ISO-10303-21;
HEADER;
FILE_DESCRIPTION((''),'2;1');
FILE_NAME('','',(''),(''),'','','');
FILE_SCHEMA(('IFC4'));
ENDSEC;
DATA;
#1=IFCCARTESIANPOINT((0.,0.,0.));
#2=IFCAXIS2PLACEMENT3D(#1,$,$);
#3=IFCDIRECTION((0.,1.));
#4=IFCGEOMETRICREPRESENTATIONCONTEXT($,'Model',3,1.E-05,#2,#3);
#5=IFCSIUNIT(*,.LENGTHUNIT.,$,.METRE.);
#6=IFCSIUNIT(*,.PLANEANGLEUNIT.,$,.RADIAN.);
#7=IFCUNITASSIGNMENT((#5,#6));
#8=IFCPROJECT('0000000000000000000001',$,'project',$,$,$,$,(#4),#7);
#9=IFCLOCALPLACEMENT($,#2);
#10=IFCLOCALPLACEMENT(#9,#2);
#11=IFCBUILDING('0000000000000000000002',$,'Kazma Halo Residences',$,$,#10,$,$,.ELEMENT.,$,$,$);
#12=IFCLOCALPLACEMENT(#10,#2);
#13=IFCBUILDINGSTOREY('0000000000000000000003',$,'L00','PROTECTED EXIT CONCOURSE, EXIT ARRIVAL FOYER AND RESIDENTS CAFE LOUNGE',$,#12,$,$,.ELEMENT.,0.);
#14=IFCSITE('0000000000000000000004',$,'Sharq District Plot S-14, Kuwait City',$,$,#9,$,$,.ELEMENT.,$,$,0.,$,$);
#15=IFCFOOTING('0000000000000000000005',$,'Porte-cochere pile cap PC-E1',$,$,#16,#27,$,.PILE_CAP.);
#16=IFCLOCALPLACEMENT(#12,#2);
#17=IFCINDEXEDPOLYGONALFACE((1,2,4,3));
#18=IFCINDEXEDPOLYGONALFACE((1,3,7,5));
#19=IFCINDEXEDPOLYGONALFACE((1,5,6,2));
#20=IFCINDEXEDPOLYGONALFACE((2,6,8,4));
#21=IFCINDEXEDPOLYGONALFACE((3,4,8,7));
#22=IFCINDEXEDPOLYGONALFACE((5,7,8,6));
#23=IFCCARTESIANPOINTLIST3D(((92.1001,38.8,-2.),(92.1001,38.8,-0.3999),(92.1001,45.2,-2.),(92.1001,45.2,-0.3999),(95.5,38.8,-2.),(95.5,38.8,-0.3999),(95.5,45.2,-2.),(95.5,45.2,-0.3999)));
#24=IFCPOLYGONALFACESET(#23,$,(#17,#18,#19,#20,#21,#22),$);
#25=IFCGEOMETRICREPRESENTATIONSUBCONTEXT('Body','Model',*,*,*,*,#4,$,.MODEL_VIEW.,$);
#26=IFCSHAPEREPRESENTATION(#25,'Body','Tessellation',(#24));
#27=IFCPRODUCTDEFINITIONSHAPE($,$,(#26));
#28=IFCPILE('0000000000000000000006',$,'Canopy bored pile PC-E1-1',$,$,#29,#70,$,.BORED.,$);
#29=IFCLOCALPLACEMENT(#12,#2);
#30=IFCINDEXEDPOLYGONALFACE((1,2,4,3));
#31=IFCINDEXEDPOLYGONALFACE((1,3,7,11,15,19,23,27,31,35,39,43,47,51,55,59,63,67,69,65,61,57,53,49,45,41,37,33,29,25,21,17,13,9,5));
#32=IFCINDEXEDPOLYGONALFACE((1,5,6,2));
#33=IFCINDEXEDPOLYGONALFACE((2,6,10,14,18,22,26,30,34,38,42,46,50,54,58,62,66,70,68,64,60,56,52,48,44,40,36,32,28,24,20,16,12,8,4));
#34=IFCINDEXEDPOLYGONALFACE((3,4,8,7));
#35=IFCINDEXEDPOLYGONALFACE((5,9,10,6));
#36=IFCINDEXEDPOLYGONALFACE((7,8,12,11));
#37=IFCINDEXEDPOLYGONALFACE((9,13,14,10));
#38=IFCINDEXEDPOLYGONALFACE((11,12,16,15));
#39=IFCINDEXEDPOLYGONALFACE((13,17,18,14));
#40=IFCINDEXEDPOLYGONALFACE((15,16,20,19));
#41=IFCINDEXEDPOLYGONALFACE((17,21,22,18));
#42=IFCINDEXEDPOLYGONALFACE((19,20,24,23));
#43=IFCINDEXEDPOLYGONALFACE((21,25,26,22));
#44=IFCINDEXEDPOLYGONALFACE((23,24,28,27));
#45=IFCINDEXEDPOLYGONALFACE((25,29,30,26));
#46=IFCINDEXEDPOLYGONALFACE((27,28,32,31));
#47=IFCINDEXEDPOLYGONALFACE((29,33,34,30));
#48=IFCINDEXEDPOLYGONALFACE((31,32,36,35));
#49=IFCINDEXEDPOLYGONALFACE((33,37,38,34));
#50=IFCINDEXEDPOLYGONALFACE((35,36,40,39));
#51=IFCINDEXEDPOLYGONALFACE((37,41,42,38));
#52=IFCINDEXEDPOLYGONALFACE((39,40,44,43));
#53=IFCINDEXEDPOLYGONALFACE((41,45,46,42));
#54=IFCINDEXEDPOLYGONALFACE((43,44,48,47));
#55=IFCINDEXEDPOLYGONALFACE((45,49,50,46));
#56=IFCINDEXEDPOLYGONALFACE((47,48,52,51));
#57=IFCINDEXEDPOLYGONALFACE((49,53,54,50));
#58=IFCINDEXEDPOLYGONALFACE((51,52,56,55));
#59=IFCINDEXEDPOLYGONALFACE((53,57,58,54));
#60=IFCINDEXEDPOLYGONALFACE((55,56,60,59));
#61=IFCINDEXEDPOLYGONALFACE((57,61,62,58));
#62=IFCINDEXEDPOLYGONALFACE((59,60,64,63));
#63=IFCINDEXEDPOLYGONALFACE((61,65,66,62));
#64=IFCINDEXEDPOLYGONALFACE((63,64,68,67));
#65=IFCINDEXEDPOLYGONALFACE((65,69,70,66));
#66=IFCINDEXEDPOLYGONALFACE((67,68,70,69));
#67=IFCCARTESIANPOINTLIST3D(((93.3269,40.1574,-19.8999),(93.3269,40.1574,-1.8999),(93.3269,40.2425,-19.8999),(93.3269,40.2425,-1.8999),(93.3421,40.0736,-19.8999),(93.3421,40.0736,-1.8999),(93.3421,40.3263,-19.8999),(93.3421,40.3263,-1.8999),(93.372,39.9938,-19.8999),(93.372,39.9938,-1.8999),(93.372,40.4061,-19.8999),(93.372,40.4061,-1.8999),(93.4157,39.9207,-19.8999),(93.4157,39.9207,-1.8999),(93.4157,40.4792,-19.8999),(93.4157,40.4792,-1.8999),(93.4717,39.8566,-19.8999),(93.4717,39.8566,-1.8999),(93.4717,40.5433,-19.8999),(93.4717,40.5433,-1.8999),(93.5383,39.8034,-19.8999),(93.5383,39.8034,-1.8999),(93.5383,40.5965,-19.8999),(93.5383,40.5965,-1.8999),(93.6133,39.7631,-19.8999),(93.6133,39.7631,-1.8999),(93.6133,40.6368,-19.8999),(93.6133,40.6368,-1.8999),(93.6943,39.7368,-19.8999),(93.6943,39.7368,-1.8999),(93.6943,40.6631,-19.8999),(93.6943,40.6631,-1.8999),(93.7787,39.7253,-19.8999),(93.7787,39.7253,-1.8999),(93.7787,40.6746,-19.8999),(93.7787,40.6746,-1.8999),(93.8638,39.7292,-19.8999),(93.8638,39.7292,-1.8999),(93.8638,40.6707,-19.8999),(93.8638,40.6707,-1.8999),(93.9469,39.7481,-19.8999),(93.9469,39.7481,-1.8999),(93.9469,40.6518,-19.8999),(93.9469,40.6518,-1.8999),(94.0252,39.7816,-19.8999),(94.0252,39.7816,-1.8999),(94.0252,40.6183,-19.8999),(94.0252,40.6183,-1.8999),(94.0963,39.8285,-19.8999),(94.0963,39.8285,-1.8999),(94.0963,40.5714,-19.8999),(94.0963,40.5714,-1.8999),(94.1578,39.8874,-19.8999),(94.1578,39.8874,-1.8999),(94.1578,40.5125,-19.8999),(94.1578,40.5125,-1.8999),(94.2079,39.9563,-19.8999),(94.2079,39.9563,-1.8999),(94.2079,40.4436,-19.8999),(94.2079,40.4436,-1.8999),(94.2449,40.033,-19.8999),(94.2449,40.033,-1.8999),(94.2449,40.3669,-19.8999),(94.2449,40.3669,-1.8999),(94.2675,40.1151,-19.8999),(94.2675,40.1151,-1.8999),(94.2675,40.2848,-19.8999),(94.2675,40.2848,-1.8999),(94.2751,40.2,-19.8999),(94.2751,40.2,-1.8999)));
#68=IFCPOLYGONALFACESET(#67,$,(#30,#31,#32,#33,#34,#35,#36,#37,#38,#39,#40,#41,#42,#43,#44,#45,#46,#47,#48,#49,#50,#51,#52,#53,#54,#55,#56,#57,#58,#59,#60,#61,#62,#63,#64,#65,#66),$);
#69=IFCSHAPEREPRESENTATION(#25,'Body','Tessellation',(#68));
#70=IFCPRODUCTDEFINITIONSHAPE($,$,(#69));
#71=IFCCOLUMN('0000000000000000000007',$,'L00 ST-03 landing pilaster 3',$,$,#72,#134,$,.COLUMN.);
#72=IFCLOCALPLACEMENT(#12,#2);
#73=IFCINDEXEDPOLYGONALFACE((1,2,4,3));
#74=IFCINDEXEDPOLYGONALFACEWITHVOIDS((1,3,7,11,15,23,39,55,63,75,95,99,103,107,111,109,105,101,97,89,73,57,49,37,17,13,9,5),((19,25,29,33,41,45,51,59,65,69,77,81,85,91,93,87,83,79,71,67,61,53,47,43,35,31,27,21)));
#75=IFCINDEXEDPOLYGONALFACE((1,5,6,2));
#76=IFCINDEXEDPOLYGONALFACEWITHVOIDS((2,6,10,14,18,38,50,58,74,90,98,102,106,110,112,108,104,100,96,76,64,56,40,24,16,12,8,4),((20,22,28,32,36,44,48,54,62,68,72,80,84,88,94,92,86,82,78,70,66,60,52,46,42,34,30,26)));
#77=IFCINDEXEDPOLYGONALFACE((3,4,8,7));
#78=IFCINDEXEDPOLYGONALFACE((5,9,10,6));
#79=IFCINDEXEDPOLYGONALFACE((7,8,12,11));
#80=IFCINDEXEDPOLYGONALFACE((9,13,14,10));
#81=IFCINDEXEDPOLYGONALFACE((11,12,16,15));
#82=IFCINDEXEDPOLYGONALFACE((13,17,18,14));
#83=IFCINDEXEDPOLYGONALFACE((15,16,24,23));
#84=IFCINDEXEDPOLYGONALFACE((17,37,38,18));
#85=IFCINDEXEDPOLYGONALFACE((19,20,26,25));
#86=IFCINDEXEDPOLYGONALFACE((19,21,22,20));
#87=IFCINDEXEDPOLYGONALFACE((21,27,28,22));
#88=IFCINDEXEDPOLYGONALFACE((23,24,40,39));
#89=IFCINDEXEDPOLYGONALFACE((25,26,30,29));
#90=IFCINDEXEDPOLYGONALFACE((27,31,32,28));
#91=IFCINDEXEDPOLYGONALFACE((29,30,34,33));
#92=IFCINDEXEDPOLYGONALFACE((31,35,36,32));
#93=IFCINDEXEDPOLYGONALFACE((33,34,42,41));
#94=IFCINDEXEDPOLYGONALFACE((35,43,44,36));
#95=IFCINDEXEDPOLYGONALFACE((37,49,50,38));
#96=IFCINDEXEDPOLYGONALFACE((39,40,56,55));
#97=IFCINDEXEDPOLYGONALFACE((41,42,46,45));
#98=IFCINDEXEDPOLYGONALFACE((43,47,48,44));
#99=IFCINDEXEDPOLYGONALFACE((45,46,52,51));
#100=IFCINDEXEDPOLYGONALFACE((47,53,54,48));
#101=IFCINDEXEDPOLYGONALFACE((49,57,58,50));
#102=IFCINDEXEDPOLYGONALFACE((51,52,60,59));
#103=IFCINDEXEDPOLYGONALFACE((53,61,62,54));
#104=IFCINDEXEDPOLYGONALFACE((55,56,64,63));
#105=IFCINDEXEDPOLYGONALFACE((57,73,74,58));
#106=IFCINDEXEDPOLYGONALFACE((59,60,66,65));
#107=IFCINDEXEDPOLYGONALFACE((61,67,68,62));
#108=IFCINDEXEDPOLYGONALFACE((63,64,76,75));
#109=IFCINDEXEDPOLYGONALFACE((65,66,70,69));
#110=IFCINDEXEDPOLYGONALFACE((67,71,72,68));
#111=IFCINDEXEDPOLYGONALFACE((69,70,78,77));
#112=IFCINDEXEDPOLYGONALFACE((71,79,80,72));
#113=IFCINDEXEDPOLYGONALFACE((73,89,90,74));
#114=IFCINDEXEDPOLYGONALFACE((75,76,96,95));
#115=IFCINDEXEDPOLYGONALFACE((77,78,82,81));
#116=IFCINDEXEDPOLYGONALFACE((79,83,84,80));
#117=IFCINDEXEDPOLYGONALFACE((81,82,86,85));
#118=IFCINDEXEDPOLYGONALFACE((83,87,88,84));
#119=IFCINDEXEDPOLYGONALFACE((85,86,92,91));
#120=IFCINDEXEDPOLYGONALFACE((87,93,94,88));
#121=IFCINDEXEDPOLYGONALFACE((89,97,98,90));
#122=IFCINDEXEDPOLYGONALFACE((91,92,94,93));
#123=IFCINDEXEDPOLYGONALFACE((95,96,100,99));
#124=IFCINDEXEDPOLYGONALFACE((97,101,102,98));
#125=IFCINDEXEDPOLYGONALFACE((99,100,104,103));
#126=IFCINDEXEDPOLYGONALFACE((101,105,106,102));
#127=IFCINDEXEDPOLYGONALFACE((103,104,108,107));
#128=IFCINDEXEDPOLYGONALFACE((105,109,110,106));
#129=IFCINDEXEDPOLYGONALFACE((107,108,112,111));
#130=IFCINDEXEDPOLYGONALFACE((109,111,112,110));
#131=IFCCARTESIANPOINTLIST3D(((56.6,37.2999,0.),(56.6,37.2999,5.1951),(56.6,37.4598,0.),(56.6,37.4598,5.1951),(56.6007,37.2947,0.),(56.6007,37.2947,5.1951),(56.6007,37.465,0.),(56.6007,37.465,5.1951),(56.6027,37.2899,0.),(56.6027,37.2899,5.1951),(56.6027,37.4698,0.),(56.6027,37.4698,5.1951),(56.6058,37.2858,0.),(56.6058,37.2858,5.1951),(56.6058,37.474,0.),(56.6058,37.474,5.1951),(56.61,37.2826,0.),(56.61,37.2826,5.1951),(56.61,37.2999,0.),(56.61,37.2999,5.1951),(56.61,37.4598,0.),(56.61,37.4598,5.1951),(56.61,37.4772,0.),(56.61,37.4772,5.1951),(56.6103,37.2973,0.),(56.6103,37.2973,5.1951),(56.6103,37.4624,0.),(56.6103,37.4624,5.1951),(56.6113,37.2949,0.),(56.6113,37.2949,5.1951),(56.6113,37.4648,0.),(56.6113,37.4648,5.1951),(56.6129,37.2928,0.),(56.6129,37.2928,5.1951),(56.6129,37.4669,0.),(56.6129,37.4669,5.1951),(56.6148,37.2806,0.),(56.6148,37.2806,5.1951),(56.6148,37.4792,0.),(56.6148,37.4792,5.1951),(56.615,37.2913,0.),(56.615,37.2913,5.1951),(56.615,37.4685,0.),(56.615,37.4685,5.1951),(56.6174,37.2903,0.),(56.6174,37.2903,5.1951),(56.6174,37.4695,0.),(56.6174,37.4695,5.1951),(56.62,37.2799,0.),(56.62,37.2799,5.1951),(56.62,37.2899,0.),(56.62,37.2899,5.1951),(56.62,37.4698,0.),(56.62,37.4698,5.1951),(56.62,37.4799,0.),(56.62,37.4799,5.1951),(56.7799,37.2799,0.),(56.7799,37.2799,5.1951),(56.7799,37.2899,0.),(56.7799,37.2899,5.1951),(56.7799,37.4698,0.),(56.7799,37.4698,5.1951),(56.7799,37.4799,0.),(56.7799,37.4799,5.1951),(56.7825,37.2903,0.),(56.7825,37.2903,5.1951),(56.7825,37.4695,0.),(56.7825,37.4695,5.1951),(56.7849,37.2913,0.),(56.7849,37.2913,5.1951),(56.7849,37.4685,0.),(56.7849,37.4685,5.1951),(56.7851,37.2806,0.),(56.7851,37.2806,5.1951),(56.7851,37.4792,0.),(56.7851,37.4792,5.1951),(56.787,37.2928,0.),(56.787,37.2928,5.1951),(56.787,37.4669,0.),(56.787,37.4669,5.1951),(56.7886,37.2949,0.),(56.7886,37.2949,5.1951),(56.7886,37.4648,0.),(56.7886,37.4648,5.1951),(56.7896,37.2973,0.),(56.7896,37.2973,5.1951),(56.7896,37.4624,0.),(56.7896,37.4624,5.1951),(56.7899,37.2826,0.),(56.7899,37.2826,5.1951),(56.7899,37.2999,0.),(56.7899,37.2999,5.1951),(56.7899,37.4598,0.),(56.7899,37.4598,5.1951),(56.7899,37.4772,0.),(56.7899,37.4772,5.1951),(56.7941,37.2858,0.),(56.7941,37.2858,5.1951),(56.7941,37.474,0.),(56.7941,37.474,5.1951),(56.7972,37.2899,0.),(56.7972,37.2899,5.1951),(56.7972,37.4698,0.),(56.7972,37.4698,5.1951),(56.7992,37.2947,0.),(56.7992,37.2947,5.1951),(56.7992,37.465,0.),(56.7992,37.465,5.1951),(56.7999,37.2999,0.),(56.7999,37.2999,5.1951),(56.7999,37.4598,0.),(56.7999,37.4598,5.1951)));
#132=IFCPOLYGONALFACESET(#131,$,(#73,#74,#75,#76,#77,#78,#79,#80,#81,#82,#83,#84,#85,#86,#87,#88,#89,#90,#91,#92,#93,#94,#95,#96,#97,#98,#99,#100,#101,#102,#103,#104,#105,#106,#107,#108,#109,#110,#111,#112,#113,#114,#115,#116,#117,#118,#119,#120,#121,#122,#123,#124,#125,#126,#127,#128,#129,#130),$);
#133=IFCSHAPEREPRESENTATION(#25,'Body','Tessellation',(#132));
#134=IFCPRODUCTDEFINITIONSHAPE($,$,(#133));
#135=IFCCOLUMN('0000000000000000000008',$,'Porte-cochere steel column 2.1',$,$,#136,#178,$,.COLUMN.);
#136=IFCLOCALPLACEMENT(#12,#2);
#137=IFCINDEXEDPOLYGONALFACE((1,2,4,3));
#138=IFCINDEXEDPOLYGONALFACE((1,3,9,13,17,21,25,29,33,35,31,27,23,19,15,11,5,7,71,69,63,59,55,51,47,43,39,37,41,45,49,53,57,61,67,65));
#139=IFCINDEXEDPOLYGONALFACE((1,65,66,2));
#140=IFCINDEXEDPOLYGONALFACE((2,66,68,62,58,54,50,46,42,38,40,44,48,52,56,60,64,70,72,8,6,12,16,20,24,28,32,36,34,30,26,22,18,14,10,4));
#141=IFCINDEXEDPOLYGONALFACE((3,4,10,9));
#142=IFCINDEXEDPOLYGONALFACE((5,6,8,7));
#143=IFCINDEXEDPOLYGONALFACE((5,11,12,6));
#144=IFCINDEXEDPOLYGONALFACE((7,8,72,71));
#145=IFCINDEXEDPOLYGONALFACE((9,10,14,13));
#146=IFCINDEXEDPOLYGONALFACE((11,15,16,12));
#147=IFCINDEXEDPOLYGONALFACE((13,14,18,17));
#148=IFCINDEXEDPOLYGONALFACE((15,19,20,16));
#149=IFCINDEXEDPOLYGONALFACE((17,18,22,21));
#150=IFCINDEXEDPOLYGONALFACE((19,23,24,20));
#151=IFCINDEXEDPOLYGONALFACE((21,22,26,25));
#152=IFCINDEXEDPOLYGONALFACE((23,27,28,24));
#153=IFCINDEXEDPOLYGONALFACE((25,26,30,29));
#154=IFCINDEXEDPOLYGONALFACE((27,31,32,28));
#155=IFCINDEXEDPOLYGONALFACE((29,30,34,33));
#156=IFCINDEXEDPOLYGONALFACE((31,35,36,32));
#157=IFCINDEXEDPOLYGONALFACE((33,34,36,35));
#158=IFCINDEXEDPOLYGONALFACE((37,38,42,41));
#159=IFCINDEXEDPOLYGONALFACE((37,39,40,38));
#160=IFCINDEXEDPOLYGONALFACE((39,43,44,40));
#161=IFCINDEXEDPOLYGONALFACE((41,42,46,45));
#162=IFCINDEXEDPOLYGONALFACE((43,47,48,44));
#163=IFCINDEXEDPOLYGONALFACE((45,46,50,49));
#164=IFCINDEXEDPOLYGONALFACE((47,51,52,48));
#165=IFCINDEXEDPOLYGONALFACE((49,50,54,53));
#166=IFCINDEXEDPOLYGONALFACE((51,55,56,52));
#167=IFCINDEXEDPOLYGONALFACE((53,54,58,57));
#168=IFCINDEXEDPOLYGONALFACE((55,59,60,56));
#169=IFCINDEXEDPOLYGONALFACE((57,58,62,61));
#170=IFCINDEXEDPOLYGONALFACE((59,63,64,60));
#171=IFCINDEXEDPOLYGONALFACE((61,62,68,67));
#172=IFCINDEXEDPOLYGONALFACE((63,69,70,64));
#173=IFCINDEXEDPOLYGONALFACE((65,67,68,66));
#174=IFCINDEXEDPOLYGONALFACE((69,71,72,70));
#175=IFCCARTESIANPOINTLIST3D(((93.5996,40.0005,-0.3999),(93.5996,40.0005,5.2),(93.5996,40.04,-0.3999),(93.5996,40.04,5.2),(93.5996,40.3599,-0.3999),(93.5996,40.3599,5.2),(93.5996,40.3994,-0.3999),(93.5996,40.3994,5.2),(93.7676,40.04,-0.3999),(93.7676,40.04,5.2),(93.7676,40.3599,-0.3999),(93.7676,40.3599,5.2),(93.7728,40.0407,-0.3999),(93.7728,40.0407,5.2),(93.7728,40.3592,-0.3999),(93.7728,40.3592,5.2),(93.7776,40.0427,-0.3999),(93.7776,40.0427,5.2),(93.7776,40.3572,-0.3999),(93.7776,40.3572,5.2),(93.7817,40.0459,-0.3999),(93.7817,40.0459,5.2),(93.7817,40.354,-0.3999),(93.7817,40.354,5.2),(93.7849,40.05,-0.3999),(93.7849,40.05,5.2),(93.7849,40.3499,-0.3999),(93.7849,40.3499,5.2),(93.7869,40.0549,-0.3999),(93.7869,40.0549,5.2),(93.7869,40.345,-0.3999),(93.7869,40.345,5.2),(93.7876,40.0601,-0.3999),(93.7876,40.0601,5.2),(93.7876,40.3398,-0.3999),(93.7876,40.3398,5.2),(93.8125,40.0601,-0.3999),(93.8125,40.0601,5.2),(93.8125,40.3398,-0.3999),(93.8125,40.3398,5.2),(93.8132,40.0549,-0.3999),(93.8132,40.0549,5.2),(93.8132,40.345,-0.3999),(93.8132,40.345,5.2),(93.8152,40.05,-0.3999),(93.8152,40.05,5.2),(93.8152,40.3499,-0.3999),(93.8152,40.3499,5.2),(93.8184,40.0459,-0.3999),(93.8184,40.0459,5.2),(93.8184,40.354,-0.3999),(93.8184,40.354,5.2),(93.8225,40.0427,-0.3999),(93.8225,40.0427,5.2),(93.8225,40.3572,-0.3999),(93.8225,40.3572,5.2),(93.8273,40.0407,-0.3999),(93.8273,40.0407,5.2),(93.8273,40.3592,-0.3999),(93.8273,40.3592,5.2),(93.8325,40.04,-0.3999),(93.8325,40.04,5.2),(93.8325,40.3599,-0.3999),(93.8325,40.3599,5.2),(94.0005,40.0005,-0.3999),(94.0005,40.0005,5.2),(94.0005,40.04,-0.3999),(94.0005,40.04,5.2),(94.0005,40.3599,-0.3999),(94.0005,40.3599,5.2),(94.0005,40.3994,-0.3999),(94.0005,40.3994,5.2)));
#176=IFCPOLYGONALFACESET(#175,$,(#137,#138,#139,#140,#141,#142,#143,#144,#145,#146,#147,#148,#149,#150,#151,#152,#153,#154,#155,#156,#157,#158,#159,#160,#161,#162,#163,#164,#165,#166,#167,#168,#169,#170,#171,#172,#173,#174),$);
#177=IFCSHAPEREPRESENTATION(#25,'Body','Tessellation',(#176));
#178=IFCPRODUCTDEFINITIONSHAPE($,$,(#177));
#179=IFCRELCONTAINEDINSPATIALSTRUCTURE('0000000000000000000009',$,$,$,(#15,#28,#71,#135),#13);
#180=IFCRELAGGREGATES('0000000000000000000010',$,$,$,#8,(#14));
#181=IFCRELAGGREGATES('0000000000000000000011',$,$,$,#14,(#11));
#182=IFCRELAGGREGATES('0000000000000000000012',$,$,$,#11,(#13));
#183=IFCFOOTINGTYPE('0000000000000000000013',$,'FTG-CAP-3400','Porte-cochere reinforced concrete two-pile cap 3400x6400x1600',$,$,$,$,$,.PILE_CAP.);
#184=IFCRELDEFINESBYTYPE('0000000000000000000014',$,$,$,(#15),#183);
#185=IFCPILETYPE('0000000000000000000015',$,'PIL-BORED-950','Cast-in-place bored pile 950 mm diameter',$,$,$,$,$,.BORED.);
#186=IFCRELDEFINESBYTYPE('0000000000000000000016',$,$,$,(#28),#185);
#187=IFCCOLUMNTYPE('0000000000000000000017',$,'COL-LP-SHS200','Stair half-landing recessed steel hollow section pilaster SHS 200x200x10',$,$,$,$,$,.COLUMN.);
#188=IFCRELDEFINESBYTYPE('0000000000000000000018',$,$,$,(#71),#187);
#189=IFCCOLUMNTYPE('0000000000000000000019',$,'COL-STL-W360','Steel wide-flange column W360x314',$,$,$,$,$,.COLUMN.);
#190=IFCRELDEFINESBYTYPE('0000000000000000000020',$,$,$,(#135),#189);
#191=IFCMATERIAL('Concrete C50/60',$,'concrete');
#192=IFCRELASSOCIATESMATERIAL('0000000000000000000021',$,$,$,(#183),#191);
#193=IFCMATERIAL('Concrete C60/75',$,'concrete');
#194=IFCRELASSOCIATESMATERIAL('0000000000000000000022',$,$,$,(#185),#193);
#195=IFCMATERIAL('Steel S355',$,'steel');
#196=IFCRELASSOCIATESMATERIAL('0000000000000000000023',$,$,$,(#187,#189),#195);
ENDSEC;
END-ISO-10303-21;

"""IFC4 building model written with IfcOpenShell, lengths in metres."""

from ifc_helpers import new_model, si_unit, direction, frame, origin, origin_2d, place, context, subcontext, project, spatial, rectangle, hollow_rectangle, circle, i_section, extrude, material, material_profile, profile_set, type_object, element, save


model = new_model("IFC4")

# Units and contexts
model_context = context("Model", 3, precision=1e-05, world=origin(), true_north=direction((0.0, 1.0)))
body_context = subcontext(model_context, "Body", "Model", "MODEL_VIEW")
ifc_project = project(units=[si_unit("LENGTHUNIT", "METRE"), si_unit("PLANEANGLEUNIT", "RADIAN")], contexts=[model_context])

# Site, building, storey
site_placement = place(None, origin())
site = spatial("IfcSite", under=ifc_project, at=site_placement, Name="Sharq District Plot S-14, Kuwait City", CompositionType="ELEMENT", RefElevation=0.0)
building_placement = place(site_placement, origin())
building = spatial("IfcBuilding", under=site, at=building_placement, Name="Kazma Halo Residences", CompositionType="ELEMENT")
storey_placement = place(building_placement, origin())
storey = spatial("IfcBuildingStorey", under=building, at=storey_placement, Name="L00", Description="PROTECTED EXIT CONCOURSE, EXIT ARRIVAL FOYER AND RESIDENTS CAFE LOUNGE", CompositionType="ELEMENT", Elevation=0.0)

# Footing
ifc_material_1 = material(Name="Concrete C50/60", Category="concrete")
footing_type = type_object("IfcFootingType", Name="FTG-CAP-3400", Description="Porte-cochere reinforced concrete two-pile cap 3400x6400x1600", PredefinedType="PILE_CAP", material=ifc_material_1)
footing_placement = place(storey_placement, frame((93.8, 42.0, -2.0), z_axis=(0.0, 0.0, 1.0), x_axis=(1.0, 0.0, 0.0)))
element("IfcFooting", 1, at=footing_placement, inside=storey, type_object=footing_type, Name="Porte-cochere pile cap PC-E1", PredefinedType="PILE_CAP", context=body_context, shape_type="SweptSolid", body=[
    extrude(rectangle(XDim=3.3999, YDim=6.3999, at=origin_2d()), origin(), (0.0, 0.0, 1.0), 1.6001),
])

# Pile
ifc_material_2 = material(Name="Concrete C60/75", Category="concrete")
ifc_material_profile_1 = material_profile(ifc_material_2, circle(Radius=0.4751, at=origin_2d()), Name="CIRC950")
ifc_profile_set_1 = profile_set([ifc_material_profile_1], Name="Concrete C60/75")
pile_type = type_object("IfcPileType", Name="PIL-BORED-950", Description="Cast-in-place bored pile 950 mm diameter", PredefinedType="BORED", material=ifc_profile_set_1)
pile_placement = place(storey_placement, frame((93.8, 40.2, -1.8999), z_axis=(0.0, 0.0, -1.0), x_axis=(1.0, 0.0, 0.0)))
element("IfcPile", 2, at=pile_placement, inside=storey, type_object=pile_type, Name="Canopy bored pile PC-E1-1", PredefinedType="BORED", context=body_context, shape_type="SweptSolid", body=[
    extrude(circle(Radius=0.4751, at=origin_2d()), origin(), (0.0, 0.0, 1.0), 18.0),
])

# Columns
ifc_material_3 = material(Name="Steel S355", Category="steel")
ifc_material_profile_2 = material_profile(ifc_material_3, hollow_rectangle(XDim=0.2, YDim=0.2, WallThickness=0.01, InnerFilletRadius=0.01, OuterFilletRadius=0.02, at=origin_2d()), Name="SHS200x200x10")
ifc_profile_set_2 = profile_set([ifc_material_profile_2], Name="Steel S355")
column_type_1 = type_object("IfcColumnType", Name="COL-LP-SHS200", Description="Stair half-landing recessed steel hollow section pilaster SHS 200x200x10", PredefinedType="COLUMN", material=ifc_profile_set_2)
column_1_placement = place(storey_placement, frame((56.7, 37.3799, 0.0), z_axis=(0.0, 0.0, 1.0), x_axis=(1.0, 0.0, 0.0)))
element("IfcColumn", 3, at=column_1_placement, inside=storey, type_object=column_type_1, Name="L00 ST-03 landing pilaster 3", PredefinedType="COLUMN", context=body_context, shape_type="SweptSolid", body=[
    extrude(hollow_rectangle(XDim=0.2, YDim=0.2, WallThickness=0.01, InnerFilletRadius=0.01, OuterFilletRadius=0.02, at=origin_2d()), origin(), (0.0, 0.0, 1.0), 5.1951),
])
ifc_material_profile_3 = material_profile(ifc_material_3, i_section(OverallWidth=0.4009, OverallDepth=0.3989, WebThickness=0.0249, FlangeThickness=0.0396, FilletRadius=0.02, at=origin_2d()), Name="W360x314")
ifc_profile_set_3 = profile_set([ifc_material_profile_3], Name="Steel S355")
column_type_2 = type_object("IfcColumnType", Name="COL-STL-W360", Description="Steel wide-flange column W360x314", PredefinedType="COLUMN", material=ifc_profile_set_3)
column_2_placement = place(storey_placement, frame((93.8, 40.2, -0.3999), z_axis=(0.0, 0.0, 1.0), x_axis=(1.0, 0.0, 0.0)))
element("IfcColumn", 4, at=column_2_placement, inside=storey, type_object=column_type_2, Name="Porte-cochere steel column 2.1", PredefinedType="COLUMN", context=body_context, shape_type="SweptSolid", body=[
    extrude(i_section(OverallWidth=0.4009, OverallDepth=0.3989, WebThickness=0.0249, FlangeThickness=0.0396, FilletRadius=0.02, at=origin_2d()), origin(), (0.0, 0.0, 1.0), 5.5999),
])

save(model, "model.ifc")
